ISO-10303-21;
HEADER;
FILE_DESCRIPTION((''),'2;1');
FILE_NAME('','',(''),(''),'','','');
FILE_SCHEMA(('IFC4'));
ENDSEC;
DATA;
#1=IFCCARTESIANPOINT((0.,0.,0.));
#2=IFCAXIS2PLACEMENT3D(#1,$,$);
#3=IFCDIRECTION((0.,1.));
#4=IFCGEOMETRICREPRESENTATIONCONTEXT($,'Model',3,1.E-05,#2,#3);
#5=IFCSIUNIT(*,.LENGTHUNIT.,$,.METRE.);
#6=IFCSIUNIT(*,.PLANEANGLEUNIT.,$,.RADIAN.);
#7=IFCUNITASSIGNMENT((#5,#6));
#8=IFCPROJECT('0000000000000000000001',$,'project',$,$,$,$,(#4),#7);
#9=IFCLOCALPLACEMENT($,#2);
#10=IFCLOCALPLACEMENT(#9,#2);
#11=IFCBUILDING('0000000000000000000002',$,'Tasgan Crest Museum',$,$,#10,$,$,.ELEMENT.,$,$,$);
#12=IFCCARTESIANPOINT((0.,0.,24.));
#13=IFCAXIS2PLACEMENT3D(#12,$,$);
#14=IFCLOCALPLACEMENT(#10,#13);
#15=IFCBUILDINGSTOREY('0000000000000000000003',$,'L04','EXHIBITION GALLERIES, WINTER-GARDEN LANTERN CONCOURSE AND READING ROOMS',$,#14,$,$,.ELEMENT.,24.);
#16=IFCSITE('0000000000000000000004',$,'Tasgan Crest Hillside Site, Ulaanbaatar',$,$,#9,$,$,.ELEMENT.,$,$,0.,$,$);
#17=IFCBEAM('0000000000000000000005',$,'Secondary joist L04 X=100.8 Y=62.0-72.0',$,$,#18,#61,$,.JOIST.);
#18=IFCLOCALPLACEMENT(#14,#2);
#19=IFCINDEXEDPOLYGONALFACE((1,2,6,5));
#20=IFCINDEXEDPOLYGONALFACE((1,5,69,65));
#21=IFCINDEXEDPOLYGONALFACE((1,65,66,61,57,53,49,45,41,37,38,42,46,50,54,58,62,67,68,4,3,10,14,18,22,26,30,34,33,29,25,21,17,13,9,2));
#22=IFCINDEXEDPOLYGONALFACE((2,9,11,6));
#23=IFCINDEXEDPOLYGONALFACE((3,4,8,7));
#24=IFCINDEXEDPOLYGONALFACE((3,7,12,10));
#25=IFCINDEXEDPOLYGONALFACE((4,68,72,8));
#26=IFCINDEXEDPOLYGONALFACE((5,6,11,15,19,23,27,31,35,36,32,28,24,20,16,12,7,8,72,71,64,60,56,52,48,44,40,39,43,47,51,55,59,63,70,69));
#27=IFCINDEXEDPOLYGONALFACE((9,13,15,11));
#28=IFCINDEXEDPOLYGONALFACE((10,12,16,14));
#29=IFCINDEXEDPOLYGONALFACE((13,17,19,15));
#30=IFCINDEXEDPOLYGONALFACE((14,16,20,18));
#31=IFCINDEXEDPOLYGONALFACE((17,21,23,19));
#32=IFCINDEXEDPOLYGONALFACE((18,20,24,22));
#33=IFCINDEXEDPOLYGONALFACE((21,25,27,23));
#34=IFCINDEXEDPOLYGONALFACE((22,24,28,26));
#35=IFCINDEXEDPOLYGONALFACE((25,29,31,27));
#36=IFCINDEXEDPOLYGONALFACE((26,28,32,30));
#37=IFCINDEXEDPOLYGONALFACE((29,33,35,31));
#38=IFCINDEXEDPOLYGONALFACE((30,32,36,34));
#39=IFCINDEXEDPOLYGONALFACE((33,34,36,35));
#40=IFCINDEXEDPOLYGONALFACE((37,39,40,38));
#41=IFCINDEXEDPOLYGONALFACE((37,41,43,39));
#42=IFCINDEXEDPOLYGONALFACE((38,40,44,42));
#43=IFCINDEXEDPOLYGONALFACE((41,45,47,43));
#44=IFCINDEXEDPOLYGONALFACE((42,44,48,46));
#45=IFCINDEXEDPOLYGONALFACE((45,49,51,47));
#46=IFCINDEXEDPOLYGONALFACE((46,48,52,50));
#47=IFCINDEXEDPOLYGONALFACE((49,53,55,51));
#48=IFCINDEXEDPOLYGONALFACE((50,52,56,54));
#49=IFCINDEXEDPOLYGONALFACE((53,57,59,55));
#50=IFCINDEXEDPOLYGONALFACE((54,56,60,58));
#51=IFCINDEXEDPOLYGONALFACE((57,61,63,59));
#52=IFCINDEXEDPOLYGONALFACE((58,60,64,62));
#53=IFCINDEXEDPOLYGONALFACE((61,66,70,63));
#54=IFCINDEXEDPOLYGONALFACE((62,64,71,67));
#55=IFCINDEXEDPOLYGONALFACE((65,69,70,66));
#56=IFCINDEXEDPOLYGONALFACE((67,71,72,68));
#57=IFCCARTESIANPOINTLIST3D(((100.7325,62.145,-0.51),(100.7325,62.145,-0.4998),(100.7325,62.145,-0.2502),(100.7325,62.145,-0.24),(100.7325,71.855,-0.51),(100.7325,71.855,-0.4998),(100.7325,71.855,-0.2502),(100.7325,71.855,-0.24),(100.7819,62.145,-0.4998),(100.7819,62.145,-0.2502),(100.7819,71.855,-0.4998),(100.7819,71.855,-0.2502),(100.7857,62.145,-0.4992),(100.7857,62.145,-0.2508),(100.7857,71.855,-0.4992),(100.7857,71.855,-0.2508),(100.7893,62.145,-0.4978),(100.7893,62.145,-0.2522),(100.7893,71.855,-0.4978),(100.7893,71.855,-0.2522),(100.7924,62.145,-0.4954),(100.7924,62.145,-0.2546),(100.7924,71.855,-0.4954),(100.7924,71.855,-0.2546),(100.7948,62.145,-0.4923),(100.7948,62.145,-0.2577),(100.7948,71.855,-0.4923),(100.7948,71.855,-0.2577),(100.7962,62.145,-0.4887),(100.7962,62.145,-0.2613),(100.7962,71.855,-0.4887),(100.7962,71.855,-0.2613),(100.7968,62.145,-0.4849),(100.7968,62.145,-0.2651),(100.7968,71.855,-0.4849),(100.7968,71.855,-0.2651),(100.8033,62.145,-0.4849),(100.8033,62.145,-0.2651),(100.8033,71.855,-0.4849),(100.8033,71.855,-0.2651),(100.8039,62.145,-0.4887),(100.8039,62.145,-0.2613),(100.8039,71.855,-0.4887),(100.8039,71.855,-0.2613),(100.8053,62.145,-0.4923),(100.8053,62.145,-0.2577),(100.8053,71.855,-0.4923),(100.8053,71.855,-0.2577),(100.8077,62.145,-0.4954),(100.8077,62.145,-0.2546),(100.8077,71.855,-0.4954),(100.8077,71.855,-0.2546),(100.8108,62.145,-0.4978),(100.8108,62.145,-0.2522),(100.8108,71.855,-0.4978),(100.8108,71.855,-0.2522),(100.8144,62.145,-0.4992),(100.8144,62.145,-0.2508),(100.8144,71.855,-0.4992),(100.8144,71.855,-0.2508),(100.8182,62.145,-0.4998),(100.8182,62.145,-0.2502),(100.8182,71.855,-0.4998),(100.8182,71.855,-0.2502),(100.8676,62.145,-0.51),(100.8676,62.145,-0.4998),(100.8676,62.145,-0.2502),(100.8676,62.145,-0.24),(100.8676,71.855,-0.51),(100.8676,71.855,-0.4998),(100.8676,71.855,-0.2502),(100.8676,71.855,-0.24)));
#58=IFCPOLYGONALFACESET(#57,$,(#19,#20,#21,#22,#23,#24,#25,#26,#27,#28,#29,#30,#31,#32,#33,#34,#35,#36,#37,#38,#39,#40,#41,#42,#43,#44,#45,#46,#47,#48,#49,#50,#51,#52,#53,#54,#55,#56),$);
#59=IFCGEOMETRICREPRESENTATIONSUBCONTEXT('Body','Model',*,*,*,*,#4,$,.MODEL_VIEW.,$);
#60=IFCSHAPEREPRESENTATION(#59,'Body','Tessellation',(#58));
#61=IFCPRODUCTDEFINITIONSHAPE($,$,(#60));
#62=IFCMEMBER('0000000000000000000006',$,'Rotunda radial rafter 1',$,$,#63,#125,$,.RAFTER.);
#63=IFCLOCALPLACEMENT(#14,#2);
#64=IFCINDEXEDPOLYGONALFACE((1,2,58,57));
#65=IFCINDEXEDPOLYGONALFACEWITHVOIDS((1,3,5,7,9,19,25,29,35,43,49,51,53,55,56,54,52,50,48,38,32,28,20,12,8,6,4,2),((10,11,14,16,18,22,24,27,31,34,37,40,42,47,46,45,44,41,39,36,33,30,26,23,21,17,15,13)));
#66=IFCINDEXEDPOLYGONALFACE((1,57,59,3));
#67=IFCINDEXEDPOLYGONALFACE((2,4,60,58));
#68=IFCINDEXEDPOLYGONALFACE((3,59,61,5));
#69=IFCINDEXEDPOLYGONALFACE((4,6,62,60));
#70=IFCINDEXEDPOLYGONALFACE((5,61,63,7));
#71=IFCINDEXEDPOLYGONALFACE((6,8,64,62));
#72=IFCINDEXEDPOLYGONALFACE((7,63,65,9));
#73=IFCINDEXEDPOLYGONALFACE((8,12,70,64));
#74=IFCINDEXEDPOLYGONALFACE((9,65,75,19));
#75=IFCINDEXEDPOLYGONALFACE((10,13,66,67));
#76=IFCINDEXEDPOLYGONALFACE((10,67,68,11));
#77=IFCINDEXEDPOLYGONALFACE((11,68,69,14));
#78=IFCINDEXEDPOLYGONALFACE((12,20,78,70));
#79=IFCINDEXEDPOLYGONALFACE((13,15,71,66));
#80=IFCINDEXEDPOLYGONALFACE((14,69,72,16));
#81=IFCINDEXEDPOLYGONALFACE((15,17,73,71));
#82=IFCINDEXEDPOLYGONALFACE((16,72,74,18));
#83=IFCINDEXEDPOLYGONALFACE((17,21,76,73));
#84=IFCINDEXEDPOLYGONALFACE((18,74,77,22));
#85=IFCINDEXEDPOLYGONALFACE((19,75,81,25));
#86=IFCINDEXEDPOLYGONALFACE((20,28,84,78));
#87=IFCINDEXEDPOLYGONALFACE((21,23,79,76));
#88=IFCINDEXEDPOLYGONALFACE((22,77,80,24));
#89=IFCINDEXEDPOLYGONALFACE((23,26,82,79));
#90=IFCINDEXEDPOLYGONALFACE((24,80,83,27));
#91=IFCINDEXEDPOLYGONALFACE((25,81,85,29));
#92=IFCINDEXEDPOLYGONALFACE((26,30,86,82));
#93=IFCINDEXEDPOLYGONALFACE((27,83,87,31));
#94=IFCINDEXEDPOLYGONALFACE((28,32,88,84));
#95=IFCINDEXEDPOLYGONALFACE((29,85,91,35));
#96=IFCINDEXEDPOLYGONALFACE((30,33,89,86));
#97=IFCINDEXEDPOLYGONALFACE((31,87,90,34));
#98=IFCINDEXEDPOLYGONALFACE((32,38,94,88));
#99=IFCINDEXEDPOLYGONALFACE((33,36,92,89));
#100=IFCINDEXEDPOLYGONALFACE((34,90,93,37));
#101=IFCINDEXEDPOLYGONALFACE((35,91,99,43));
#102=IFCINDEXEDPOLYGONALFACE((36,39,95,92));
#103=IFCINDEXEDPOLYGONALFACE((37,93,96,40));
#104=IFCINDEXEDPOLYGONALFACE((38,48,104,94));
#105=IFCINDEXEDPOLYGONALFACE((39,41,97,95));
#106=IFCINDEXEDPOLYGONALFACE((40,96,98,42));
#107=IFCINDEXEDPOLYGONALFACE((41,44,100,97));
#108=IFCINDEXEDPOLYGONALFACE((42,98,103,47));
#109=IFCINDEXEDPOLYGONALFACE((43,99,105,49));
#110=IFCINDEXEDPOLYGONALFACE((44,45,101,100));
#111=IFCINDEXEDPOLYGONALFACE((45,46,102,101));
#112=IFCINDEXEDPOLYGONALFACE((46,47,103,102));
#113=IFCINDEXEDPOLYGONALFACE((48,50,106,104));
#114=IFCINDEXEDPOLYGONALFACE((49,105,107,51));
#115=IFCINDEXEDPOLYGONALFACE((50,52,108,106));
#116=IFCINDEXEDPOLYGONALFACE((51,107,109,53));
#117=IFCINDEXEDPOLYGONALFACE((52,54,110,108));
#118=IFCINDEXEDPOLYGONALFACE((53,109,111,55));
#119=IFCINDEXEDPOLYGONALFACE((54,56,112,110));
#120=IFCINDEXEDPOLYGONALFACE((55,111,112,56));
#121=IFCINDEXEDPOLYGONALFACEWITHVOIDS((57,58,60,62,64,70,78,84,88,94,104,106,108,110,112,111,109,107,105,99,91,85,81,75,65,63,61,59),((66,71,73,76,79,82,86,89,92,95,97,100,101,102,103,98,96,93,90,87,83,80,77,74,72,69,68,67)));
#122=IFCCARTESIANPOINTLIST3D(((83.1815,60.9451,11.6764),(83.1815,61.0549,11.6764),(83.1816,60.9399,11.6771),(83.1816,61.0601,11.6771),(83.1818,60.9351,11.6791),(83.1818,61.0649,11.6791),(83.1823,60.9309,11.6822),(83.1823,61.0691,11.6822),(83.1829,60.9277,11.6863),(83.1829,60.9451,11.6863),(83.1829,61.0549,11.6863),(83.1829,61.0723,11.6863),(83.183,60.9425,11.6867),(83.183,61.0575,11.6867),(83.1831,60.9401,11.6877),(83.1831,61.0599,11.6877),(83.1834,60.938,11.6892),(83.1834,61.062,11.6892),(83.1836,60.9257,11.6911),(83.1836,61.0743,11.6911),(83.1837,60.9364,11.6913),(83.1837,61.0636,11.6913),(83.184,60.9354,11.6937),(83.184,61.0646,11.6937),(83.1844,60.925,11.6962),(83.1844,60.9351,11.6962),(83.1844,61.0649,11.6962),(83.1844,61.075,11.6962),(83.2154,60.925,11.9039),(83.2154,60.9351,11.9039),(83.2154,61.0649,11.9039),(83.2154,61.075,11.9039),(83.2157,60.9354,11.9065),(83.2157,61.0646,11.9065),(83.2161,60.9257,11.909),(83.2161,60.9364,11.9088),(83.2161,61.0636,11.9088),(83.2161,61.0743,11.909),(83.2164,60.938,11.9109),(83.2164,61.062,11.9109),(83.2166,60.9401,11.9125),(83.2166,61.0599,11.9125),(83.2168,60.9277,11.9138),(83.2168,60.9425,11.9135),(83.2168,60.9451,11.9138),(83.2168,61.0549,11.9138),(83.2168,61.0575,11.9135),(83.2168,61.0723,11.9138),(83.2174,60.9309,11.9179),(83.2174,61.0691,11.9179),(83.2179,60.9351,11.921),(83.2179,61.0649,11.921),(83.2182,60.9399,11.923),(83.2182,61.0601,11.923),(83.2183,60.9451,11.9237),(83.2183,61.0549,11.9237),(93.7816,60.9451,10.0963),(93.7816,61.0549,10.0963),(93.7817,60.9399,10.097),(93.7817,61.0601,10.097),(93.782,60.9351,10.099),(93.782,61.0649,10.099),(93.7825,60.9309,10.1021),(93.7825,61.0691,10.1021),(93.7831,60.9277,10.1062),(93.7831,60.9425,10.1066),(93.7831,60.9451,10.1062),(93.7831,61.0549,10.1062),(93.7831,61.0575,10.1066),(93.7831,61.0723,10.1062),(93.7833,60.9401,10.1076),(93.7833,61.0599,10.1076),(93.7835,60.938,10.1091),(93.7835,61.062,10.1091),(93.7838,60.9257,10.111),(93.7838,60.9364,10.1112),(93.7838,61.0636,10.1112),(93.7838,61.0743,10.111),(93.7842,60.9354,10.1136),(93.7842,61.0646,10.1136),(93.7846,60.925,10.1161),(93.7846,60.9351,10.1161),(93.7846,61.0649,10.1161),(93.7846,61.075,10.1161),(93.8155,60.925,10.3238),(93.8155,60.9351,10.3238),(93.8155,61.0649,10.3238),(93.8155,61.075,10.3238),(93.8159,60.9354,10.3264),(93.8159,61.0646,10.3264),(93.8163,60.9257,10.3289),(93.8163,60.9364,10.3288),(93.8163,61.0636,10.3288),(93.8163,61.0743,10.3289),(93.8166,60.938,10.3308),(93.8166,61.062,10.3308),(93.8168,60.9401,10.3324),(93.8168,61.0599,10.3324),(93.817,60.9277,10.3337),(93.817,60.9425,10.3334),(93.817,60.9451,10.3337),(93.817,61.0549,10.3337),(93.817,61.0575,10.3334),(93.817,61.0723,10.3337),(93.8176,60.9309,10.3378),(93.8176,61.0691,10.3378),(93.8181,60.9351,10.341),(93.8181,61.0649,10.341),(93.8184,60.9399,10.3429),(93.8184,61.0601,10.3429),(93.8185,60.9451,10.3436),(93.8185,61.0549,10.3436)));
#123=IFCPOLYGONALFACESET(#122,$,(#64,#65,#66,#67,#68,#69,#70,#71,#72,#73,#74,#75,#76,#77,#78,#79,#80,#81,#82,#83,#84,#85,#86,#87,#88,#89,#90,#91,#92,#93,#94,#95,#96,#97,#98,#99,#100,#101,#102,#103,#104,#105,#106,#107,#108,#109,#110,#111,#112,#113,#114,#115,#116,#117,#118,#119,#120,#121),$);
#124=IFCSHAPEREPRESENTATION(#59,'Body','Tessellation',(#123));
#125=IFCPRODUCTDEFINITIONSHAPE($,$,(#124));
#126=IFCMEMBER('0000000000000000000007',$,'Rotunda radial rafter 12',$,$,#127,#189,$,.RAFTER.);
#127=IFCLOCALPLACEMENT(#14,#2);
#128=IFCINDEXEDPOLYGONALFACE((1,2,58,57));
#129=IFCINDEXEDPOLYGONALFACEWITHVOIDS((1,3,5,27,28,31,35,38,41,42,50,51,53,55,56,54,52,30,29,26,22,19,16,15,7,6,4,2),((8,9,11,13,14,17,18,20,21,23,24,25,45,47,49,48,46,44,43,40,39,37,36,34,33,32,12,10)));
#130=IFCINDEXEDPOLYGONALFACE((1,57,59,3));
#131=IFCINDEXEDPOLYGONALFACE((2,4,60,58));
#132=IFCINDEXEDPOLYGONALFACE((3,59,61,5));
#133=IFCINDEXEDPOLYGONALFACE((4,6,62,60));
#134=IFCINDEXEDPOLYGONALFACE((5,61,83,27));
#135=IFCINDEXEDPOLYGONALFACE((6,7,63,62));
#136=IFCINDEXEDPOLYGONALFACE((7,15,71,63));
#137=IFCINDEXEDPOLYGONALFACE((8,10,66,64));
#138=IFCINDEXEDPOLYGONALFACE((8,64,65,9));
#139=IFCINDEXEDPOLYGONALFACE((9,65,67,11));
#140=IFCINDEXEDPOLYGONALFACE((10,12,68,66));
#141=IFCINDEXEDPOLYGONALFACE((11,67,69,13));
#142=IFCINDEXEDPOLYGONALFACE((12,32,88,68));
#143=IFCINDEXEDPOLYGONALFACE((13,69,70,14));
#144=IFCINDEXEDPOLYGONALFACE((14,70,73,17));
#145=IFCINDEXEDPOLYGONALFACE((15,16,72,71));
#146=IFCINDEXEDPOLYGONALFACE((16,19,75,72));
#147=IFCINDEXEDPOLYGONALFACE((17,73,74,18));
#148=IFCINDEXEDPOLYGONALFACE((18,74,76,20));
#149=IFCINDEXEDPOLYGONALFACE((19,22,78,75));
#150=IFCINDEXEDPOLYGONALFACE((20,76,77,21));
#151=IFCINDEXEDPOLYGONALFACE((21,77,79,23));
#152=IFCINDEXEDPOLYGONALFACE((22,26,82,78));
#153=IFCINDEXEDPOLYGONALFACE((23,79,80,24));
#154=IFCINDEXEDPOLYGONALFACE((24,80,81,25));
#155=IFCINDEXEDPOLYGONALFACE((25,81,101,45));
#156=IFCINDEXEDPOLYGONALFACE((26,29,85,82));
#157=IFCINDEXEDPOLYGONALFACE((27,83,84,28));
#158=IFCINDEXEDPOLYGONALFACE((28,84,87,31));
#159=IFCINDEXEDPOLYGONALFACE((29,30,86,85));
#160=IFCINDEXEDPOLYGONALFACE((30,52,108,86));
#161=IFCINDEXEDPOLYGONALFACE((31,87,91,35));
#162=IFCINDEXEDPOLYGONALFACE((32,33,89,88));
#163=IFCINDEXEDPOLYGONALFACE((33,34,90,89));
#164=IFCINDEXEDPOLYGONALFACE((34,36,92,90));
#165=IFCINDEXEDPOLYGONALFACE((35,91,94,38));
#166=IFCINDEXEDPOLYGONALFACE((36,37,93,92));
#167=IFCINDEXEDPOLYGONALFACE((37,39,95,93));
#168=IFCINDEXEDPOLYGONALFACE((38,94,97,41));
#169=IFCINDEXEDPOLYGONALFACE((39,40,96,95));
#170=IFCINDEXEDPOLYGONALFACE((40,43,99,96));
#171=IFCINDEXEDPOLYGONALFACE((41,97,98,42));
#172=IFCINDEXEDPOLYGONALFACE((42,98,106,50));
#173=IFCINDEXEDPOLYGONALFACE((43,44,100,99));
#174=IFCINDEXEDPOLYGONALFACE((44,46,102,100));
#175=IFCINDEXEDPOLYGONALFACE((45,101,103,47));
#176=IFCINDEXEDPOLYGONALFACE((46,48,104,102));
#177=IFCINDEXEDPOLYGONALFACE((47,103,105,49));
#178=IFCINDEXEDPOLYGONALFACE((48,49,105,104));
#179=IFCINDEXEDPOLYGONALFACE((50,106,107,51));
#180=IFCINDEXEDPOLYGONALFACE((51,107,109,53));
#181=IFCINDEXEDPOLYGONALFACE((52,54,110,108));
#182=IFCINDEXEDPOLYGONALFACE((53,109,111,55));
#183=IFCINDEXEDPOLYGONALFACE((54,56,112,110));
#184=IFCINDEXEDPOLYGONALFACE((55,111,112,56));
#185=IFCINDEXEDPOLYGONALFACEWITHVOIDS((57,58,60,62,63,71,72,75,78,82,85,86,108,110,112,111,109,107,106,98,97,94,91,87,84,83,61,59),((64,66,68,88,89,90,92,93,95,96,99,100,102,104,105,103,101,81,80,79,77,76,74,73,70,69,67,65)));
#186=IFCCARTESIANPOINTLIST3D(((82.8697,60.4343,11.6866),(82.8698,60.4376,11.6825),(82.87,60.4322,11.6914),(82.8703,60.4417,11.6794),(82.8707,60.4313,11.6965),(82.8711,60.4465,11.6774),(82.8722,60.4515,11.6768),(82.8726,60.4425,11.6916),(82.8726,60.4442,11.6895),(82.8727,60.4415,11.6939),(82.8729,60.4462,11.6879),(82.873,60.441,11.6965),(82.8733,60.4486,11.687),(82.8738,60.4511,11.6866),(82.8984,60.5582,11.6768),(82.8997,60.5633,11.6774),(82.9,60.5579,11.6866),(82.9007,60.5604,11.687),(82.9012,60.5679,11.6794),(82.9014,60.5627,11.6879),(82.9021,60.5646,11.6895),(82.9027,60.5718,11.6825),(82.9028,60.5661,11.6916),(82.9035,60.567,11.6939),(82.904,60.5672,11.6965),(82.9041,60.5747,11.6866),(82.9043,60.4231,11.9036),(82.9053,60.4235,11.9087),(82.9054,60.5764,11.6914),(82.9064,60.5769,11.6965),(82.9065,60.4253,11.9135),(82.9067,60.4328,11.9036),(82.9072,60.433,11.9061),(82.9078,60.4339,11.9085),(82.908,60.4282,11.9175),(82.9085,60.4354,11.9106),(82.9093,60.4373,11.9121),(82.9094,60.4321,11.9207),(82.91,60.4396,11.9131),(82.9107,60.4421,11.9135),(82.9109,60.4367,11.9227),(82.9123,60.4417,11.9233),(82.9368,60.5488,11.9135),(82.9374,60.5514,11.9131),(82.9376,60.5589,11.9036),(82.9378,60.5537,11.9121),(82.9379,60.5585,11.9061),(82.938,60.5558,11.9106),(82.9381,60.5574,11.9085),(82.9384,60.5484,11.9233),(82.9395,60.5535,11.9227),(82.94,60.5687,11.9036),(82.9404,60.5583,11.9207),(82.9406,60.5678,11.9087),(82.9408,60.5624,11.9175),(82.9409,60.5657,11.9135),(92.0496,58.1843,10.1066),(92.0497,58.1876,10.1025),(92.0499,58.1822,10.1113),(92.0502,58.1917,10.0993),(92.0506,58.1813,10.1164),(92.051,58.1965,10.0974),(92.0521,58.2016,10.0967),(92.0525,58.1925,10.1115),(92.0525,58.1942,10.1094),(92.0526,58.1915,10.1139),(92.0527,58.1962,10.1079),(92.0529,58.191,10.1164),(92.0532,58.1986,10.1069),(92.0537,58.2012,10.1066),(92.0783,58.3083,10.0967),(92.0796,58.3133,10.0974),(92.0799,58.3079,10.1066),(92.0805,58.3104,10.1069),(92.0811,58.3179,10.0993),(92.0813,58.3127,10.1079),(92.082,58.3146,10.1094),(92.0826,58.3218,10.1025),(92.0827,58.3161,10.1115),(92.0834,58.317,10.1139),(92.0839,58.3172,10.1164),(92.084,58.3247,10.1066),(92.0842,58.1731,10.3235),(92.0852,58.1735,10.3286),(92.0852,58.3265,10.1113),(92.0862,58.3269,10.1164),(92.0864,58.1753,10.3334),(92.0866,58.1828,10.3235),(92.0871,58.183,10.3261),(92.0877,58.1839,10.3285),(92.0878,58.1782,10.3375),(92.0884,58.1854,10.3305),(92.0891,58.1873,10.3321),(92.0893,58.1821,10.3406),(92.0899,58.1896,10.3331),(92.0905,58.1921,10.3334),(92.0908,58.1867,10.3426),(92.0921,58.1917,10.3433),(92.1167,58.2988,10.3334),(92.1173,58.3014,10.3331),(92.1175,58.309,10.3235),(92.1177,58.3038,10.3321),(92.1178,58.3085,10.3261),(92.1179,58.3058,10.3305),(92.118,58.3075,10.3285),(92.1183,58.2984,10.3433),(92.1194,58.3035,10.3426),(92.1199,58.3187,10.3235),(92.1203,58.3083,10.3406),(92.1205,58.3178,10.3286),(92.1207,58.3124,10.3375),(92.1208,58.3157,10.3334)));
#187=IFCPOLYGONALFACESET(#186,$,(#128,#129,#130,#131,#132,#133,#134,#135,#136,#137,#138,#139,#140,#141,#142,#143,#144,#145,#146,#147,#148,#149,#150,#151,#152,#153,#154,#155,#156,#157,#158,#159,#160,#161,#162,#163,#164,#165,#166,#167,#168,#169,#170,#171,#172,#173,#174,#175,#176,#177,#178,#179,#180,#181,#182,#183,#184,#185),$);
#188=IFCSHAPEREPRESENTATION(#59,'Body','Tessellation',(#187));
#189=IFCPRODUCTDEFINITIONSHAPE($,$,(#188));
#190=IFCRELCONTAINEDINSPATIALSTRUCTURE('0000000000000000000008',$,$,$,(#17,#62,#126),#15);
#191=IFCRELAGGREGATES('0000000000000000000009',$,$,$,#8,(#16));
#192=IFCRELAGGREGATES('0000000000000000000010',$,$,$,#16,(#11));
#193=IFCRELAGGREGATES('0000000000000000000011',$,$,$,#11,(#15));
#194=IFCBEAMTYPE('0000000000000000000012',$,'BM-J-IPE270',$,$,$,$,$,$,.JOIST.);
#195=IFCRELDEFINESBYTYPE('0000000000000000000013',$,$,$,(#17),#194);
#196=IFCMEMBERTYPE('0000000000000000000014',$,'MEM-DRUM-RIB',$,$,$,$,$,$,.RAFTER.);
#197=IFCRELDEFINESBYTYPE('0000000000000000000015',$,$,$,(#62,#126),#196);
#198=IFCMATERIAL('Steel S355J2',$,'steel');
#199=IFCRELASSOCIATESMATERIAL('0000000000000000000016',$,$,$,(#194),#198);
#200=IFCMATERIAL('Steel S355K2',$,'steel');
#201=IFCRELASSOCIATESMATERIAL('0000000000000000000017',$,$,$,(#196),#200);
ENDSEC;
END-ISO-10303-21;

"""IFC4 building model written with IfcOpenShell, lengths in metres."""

from ifc_helpers import new_model, si_unit, direction, frame, origin, origin_2d, place, context, subcontext, project, spatial, hollow_rectangle, i_section, extrude, material, material_profile, profile_set, type_object, element, save


model = new_model("IFC4")

# Units and contexts
model_context = context("Model", 3, precision=1e-05, world=origin(), true_north=direction((0.0, 1.0)))
body_context = subcontext(model_context, "Body", "Model", "MODEL_VIEW")
ifc_project = project(units=[si_unit("LENGTHUNIT", "METRE"), si_unit("PLANEANGLEUNIT", "RADIAN")], contexts=[model_context])

# Site, building, storey
site_placement = place(None, origin())
site = spatial("IfcSite", under=ifc_project, at=site_placement, Name="Tasgan Crest Hillside Site, Ulaanbaatar", CompositionType="ELEMENT", RefElevation=0.0)
building_placement = place(site_placement, origin())
building = spatial("IfcBuilding", under=site, at=building_placement, Name="Tasgan Crest Museum", CompositionType="ELEMENT")
storey_placement = place(building_placement, frame((0.0, 0.0, 24.0)))
storey = spatial("IfcBuildingStorey", under=building, at=storey_placement, Name="L04", Description="EXHIBITION GALLERIES, WINTER-GARDEN LANTERN CONCOURSE AND READING ROOMS", CompositionType="ELEMENT", Elevation=24.0)

# Beam
ifc_material_1 = material(Name="Steel S355J2", Category="steel")
ifc_material_profile_1 = material_profile(ifc_material_1, i_section(OverallWidth=0.135, OverallDepth=0.27, WebThickness=0.0066, FlangeThickness=0.0103, FilletRadius=0.0149, at=origin_2d()), Name="IPE 270")
ifc_profile_set_1 = profile_set([ifc_material_profile_1], Name="Steel S355J2")
beam_type_1 = type_object("IfcBeamType", Name="BM-J-IPE270", PredefinedType="JOIST", material=ifc_profile_set_1)
beam_1_placement = place(storey_placement, frame((100.8, 62.145, -0.375), z_axis=(0.0, 1.0, 0.0), x_axis=(-1.0, 0.0, 0.0)))
element("IfcBeam", 1, at=beam_1_placement, inside=storey, type_object=beam_type_1, Name="Secondary joist L04 X=100.8 Y=62.0-72.0", PredefinedType="JOIST", context=body_context, shape_type="SweptSolid", body=[
    extrude(i_section(OverallWidth=0.135, OverallDepth=0.27, WebThickness=0.0066, FlangeThickness=0.0103, FilletRadius=0.0149, at=origin_2d()), origin(), (0.0, 0.0, 1.0), 9.71),
])

# Members
ifc_material_2 = material(Name="Steel S355K2", Category="steel")
ifc_material_profile_2 = material_profile(ifc_material_2, hollow_rectangle(XDim=0.1499, YDim=0.25, WallThickness=0.01, InnerFilletRadius=0.01, OuterFilletRadius=0.02, at=origin_2d()), Name="RHS 250x150x10")
ifc_profile_set_2 = profile_set([ifc_material_profile_2], Name="Steel S355K2")
member_type_1 = type_object("IfcMemberType", Name="MEM-DRUM-RIB", PredefinedType="RAFTER", material=ifc_profile_set_2)
member_1_placement = place(storey_placement, frame((93.8, 61.0, 10.22), z_axis=(-0.989072, 0.0, 0.147434), x_axis=(0.0, -1.0, 0.0)))
element("IfcMember", 2, at=member_1_placement, inside=storey, type_object=member_type_1, Name="Rotunda radial rafter 1", PredefinedType="RAFTER", context=body_context, shape_type="SweptSolid", body=[
    extrude(hollow_rectangle(XDim=0.1499, YDim=0.25, WallThickness=0.01, InnerFilletRadius=0.01, OuterFilletRadius=0.02, at=origin_2d()), origin(), (0.0, 0.0, 1.0), 10.7173),
])
member_2_placement = place(storey_placement, frame((92.0852, 58.25, 10.22), z_axis=(-0.957958, 0.234795, 0.164887), x_axis=(-0.238054, -0.971252, 0.0)))
element("IfcMember", 3, at=member_2_placement, inside=storey, type_object=member_type_1, Name="Rotunda radial rafter 12", PredefinedType="RAFTER", context=body_context, shape_type="SweptSolid", body=[
    extrude(hollow_rectangle(XDim=0.1499, YDim=0.25, WallThickness=0.01, InnerFilletRadius=0.01, OuterFilletRadius=0.02, at=origin_2d()), origin(), (0.0, 0.0, 1.0), 9.5828),
])

save(model, "model.ifc")
